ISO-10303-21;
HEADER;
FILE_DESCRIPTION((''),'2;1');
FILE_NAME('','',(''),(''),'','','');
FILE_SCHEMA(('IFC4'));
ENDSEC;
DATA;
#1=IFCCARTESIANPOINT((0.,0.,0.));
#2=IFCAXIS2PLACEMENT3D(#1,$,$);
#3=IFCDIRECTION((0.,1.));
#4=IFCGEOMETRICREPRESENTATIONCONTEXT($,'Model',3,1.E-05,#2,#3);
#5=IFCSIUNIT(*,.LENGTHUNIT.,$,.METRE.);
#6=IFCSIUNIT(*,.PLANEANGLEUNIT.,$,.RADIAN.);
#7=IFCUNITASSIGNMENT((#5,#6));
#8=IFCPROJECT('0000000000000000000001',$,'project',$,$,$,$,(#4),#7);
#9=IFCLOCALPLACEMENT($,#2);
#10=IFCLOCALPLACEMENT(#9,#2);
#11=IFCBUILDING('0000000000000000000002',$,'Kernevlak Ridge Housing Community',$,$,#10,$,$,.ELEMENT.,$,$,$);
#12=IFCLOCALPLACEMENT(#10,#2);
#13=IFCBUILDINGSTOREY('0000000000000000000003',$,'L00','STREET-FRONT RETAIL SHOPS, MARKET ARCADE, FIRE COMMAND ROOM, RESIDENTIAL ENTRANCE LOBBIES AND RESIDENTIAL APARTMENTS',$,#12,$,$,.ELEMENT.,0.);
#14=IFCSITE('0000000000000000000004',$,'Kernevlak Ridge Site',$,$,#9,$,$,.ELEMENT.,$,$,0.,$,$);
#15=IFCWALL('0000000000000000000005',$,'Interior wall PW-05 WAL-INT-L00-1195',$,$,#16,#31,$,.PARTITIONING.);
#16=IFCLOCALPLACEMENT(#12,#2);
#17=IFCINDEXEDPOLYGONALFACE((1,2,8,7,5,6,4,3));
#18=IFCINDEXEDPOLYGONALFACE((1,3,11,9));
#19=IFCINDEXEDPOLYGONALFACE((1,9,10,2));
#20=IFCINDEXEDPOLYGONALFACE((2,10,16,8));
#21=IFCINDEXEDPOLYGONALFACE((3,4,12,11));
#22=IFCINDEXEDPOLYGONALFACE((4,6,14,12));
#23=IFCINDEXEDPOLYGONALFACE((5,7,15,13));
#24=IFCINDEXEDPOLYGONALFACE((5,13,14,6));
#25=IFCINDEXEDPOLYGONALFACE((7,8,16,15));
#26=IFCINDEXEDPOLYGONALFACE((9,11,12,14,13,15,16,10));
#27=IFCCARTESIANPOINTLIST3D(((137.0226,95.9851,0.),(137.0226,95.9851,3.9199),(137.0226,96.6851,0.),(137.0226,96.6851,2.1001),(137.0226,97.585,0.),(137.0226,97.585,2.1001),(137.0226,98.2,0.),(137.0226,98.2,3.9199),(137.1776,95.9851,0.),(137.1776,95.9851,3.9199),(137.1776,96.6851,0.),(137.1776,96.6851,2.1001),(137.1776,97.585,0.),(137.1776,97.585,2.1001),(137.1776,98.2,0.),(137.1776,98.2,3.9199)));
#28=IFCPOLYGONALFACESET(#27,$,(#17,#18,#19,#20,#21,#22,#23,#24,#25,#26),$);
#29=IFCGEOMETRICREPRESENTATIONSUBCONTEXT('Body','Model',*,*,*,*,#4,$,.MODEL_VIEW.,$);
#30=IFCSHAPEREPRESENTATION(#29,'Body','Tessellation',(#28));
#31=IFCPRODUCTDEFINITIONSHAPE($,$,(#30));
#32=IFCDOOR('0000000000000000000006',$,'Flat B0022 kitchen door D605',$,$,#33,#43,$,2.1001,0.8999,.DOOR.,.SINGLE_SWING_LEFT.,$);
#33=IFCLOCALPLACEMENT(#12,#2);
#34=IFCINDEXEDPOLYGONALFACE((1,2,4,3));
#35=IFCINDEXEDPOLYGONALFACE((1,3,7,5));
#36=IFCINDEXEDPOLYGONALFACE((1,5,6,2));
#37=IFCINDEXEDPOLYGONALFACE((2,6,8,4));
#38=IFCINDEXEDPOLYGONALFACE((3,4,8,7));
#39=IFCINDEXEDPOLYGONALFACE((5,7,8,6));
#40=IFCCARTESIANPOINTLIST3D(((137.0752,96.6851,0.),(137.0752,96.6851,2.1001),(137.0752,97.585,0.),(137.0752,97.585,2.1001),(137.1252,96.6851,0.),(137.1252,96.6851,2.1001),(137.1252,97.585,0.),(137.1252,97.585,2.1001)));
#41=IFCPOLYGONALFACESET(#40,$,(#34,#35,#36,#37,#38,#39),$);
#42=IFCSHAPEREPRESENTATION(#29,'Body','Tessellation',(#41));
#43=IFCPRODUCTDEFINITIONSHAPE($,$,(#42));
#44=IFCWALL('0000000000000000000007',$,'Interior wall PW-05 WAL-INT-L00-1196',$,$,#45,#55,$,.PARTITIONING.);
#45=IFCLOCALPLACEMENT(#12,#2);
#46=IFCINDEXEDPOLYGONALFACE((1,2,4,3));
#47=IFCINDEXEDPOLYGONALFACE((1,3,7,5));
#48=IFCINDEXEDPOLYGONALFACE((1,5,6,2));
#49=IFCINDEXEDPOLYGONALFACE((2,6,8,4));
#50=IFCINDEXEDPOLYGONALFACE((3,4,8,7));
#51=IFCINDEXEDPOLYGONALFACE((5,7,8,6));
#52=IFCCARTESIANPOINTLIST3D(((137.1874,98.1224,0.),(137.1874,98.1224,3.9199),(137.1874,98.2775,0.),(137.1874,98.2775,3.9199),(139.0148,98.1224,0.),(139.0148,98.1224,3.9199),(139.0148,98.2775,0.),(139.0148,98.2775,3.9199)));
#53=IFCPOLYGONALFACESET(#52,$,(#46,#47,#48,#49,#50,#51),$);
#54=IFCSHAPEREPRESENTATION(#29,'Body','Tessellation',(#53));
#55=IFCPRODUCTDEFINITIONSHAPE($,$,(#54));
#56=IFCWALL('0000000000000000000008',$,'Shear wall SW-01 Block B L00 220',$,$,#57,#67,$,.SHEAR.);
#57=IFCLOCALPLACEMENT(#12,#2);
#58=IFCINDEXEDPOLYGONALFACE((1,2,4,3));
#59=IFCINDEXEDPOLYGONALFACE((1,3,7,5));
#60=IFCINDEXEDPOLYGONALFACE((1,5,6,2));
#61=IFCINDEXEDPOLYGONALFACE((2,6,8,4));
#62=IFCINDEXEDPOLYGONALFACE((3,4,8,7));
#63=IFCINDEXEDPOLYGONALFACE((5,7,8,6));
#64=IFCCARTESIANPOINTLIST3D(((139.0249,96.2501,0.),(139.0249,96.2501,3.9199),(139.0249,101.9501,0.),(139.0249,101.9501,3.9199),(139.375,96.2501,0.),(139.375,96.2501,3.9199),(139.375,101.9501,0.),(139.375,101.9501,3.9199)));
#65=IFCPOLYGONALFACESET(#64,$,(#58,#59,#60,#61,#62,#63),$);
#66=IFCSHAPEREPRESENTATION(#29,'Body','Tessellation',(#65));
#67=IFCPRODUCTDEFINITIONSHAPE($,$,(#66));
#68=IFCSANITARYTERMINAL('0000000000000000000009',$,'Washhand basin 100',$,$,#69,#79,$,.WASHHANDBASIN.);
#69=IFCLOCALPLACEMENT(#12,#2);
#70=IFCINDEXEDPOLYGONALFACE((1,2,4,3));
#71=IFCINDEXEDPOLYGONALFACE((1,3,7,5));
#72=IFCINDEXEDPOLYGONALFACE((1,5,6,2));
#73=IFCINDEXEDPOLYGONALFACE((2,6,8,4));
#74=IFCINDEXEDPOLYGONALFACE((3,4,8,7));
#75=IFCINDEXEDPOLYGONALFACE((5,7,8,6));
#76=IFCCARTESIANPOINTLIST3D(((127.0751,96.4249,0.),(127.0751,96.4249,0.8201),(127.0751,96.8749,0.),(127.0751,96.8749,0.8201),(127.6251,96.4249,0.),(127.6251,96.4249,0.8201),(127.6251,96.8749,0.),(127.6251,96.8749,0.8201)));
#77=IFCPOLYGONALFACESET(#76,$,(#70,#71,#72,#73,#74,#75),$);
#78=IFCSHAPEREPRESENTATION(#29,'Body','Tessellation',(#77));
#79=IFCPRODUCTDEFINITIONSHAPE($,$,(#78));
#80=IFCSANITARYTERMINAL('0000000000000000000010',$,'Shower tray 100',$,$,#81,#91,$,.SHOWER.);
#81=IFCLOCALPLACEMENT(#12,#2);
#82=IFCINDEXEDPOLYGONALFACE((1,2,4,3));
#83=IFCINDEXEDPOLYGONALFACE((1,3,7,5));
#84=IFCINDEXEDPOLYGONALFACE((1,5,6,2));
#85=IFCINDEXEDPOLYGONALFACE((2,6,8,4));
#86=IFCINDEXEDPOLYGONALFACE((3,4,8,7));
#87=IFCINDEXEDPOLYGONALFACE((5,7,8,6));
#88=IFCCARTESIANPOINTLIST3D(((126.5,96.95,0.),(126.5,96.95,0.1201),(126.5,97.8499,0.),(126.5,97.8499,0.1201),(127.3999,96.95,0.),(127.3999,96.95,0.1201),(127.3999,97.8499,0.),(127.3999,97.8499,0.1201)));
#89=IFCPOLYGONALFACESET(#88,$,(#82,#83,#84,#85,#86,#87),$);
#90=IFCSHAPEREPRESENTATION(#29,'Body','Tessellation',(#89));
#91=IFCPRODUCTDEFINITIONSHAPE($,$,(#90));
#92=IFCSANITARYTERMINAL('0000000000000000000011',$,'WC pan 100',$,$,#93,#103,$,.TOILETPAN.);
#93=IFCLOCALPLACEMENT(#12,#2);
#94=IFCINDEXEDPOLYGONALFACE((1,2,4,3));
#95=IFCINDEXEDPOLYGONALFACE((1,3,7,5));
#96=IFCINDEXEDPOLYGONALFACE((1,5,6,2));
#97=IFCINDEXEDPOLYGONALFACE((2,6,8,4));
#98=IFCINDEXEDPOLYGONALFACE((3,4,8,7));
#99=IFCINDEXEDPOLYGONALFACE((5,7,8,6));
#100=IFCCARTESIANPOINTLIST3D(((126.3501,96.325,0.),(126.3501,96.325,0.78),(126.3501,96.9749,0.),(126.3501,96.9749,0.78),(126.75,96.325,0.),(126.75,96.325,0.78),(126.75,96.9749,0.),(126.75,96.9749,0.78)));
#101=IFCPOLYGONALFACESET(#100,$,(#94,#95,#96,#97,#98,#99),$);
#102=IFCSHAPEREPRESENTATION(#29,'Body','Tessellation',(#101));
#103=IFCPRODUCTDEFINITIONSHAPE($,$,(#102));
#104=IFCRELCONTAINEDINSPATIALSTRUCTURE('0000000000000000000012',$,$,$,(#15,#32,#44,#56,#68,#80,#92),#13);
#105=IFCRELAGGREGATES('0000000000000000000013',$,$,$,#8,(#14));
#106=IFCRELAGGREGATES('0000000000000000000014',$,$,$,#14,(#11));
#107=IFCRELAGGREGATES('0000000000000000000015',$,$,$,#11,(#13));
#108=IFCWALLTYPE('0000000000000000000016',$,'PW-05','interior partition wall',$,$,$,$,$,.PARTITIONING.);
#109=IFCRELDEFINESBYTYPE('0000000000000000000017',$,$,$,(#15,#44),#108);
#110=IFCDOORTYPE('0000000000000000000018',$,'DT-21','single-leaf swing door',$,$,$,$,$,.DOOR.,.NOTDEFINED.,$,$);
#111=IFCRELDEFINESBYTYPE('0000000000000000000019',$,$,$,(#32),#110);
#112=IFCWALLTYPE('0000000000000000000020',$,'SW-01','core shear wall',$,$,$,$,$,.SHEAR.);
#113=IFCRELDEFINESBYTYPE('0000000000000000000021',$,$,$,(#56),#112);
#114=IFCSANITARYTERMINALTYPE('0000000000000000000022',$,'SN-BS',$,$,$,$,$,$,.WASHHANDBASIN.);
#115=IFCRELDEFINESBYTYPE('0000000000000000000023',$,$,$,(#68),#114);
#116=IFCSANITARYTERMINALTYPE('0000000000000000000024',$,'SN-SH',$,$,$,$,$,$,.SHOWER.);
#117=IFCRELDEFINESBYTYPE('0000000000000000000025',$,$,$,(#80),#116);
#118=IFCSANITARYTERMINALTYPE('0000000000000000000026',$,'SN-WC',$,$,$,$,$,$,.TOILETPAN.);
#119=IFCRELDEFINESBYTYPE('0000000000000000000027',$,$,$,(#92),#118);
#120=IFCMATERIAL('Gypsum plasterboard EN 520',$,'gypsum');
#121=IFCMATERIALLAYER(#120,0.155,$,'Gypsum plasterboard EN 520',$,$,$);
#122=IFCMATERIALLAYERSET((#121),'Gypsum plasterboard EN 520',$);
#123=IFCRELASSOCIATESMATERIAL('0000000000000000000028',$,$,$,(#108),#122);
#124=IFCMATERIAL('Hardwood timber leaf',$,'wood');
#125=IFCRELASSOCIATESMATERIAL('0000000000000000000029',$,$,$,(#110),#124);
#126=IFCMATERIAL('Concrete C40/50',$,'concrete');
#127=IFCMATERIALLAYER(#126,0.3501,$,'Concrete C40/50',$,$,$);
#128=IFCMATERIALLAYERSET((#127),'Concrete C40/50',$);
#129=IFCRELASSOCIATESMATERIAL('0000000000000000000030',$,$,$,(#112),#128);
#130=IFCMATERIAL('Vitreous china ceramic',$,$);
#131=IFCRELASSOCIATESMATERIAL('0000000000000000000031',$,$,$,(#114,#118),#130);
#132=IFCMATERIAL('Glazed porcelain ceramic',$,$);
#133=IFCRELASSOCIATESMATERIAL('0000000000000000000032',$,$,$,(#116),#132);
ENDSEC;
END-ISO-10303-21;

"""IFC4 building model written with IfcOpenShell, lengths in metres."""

from ifc_helpers import new_model, si_unit, direction, frame, frame_2d, origin, origin_2d, place, context, subcontext, project, spatial, rectangle, extrude, material, layer, layer_set, type_object, element, fill, save


model = new_model("IFC4")

# Units and contexts
model_context = context("Model", 3, precision=1e-05, world=origin(), true_north=direction((0.0, 1.0)))
body_context = subcontext(model_context, "Body", "Model", "MODEL_VIEW")
ifc_project = project(units=[si_unit("LENGTHUNIT", "METRE"), si_unit("PLANEANGLEUNIT", "RADIAN")], contexts=[model_context])

# Site, building, storey
site_placement = place(None, origin())
site = spatial("IfcSite", under=ifc_project, at=site_placement, Name="Kernevlak Ridge Site", CompositionType="ELEMENT", RefElevation=0.0)
building_placement = place(site_placement, origin())
building = spatial("IfcBuilding", under=site, at=building_placement, Name="Kernevlak Ridge Housing Community", CompositionType="ELEMENT")
storey_placement = place(building_placement, origin())
storey = spatial("IfcBuildingStorey", under=building, at=storey_placement, Name="L00", Description="STREET-FRONT RETAIL SHOPS, MARKET ARCADE, FIRE COMMAND ROOM, RESIDENTIAL ENTRANCE LOBBIES AND RESIDENTIAL APARTMENTS", CompositionType="ELEMENT", Elevation=0.0)

# Shared definitions
ifc_material_1 = material(Name="Concrete C40/50", Category="concrete")

# Shared definitions
ifc_material_2 = material(Name="Hardwood timber leaf", Category="wood")

# Shared definitions
ifc_material_3 = material(Name="Gypsum plasterboard EN 520", Category="gypsum")

# Wall, opening, door
ifc_layer_1 = layer(ifc_material_3, 0.155, Name="Gypsum plasterboard EN 520")
ifc_layer_set_1 = layer_set([ifc_layer_1], Name="Gypsum plasterboard EN 520")
wall_type_1 = type_object("IfcWallType", Name="PW-05", Description="interior partition wall", PredefinedType="PARTITIONING", material=ifc_layer_set_1)
wall_1_placement = place(storey_placement, frame((137.1001, 95.9851, 0.0), z_axis=(0.0, 0.0, 1.0), x_axis=(0.0, 1.0, 0.0)))
wall_1 = element("IfcWall", 1, at=wall_1_placement, inside=storey, type_object=wall_type_1, Name="Interior wall PW-05 WAL-INT-L00-1195", PredefinedType="PARTITIONING", context=body_context, shape_type="SweptSolid", body=[
    extrude(rectangle(XDim=2.2148, YDim=0.155, at=frame_2d((1.1074, 0.0))), origin(), (0.0, 0.0, 1.0), 3.9199),
])
opening_1_placement = place(wall_1_placement, frame((0.7, 0.0, 0.0)))
opening_1 = element("IfcOpeningElement", 2, at=opening_1_placement, cuts=wall_1, PredefinedType="OPENING", context=body_context, shape_type="SweptSolid", body=[
    extrude(rectangle(XDim=0.8999, YDim=2.1001, at=frame_2d((0.45, 1.05))), frame((0.0, 0.0874, 0.0), z_axis=(0.0, -1.0, 0.0), x_axis=(1.0, 0.0, 0.0)), (0.0, 0.0, 1.0), 0.175),
])
door_type_1 = type_object("IfcDoorType", Name="DT-21", Description="single-leaf swing door", OperationType="NOTDEFINED", PredefinedType="DOOR", material=ifc_material_2)
door_1_placement = place(opening_1_placement, origin())
door_1 = element("IfcDoor", 3, at=door_1_placement, inside=storey, type_object=door_type_1, Name="Flat B0022 kitchen door D605", OperationType="SINGLE_SWING_LEFT", OverallHeight=2.1001, OverallWidth=0.8999, PredefinedType="DOOR", context=body_context, shape_type="SweptSolid", body=[
    extrude(rectangle(XDim=0.8999, YDim=2.1001, at=frame_2d((0.45, 1.05))), frame((0.0, 0.0249, 0.0), z_axis=(0.0, -1.0, 0.0), x_axis=(1.0, 0.0, 0.0)), (0.0, 0.0, 1.0), 0.05),
])
fill(opening_1, door_1)

# Walls
wall_2_placement = place(storey_placement, frame((137.1875, 98.2, 0.0), z_axis=(0.0, 0.0, 1.0), x_axis=(1.0, 0.0, 0.0)))
element("IfcWall", 4, at=wall_2_placement, inside=storey, type_object=wall_type_1, Name="Interior wall PW-05 WAL-INT-L00-1196", PredefinedType="PARTITIONING", context=body_context, shape_type="SweptSolid", body=[
    extrude(rectangle(XDim=1.8274, YDim=0.155, at=frame_2d((0.9136, 0.0))), origin(), (0.0, 0.0, 1.0), 3.9199),
])
ifc_layer_2 = layer(ifc_material_1, 0.3501, Name="Concrete C40/50")
ifc_layer_set_2 = layer_set([ifc_layer_2], Name="Concrete C40/50")
wall_type_2 = type_object("IfcWallType", Name="SW-01", Description="core shear wall", PredefinedType="SHEAR", material=ifc_layer_set_2)
wall_3_placement = place(storey_placement, frame((139.2, 96.25, 0.0), z_axis=(0.0, 0.0, 1.0), x_axis=(0.0, 1.0, 0.0)))
element("IfcWall", 5, at=wall_3_placement, inside=storey, type_object=wall_type_2, Name="Shear wall SW-01 Block B L00 220", PredefinedType="SHEAR", context=body_context, shape_type="SweptSolid", body=[
    extrude(rectangle(XDim=5.7, YDim=0.3501, at=frame_2d((2.8501, 0.0))), origin(), (0.0, 0.0, 1.0), 3.9199),
])

# Sanitary terminals
ifc_material_4 = material(Name="Vitreous china ceramic")
sanitary_terminal_type_1 = type_object("IfcSanitaryTerminalType", Name="SN-BS", PredefinedType="WASHHANDBASIN", material=ifc_material_4)
sanitary_terminal_1_placement = place(storey_placement, frame((127.3501, 96.6499, 0.0), z_axis=(0.0, 0.0, 1.0), x_axis=(1.0, 0.0, 0.0)))
element("IfcSanitaryTerminal", 6, at=sanitary_terminal_1_placement, inside=storey, type_object=sanitary_terminal_type_1, Name="Washhand basin 100", PredefinedType="WASHHANDBASIN", context=body_context, shape_type="SweptSolid", body=[
    extrude(rectangle(XDim=0.55, YDim=0.45, at=origin_2d()), origin(), (0.0, 0.0, 1.0), 0.8201),
])
ifc_material_5 = material(Name="Glazed porcelain ceramic")
sanitary_terminal_type_2 = type_object("IfcSanitaryTerminalType", Name="SN-SH", PredefinedType="SHOWER", material=ifc_material_5)
sanitary_terminal_2_placement = place(storey_placement, frame((126.95, 97.3999, 0.0), z_axis=(0.0, 0.0, 1.0), x_axis=(1.0, 0.0, 0.0)))
element("IfcSanitaryTerminal", 7, at=sanitary_terminal_2_placement, inside=storey, type_object=sanitary_terminal_type_2, Name="Shower tray 100", PredefinedType="SHOWER", context=body_context, shape_type="SweptSolid", body=[
    extrude(rectangle(XDim=0.8999, YDim=0.8999, at=origin_2d()), origin(), (0.0, 0.0, 1.0), 0.1201),
])
sanitary_terminal_type_3 = type_object("IfcSanitaryTerminalType", Name="SN-WC", PredefinedType="TOILETPAN", material=ifc_material_4)
sanitary_terminal_3_placement = place(storey_placement, frame((126.55, 96.6499, 0.0), z_axis=(0.0, 0.0, 1.0), x_axis=(1.0, 0.0, 0.0)))
element("IfcSanitaryTerminal", 8, at=sanitary_terminal_3_placement, inside=storey, type_object=sanitary_terminal_type_3, Name="WC pan 100", PredefinedType="TOILETPAN", context=body_context, shape_type="SweptSolid", body=[
    extrude(rectangle(XDim=0.3999, YDim=0.6499, at=origin_2d()), origin(), (0.0, 0.0, 1.0), 0.78),
])

save(model, "model.ifc")
